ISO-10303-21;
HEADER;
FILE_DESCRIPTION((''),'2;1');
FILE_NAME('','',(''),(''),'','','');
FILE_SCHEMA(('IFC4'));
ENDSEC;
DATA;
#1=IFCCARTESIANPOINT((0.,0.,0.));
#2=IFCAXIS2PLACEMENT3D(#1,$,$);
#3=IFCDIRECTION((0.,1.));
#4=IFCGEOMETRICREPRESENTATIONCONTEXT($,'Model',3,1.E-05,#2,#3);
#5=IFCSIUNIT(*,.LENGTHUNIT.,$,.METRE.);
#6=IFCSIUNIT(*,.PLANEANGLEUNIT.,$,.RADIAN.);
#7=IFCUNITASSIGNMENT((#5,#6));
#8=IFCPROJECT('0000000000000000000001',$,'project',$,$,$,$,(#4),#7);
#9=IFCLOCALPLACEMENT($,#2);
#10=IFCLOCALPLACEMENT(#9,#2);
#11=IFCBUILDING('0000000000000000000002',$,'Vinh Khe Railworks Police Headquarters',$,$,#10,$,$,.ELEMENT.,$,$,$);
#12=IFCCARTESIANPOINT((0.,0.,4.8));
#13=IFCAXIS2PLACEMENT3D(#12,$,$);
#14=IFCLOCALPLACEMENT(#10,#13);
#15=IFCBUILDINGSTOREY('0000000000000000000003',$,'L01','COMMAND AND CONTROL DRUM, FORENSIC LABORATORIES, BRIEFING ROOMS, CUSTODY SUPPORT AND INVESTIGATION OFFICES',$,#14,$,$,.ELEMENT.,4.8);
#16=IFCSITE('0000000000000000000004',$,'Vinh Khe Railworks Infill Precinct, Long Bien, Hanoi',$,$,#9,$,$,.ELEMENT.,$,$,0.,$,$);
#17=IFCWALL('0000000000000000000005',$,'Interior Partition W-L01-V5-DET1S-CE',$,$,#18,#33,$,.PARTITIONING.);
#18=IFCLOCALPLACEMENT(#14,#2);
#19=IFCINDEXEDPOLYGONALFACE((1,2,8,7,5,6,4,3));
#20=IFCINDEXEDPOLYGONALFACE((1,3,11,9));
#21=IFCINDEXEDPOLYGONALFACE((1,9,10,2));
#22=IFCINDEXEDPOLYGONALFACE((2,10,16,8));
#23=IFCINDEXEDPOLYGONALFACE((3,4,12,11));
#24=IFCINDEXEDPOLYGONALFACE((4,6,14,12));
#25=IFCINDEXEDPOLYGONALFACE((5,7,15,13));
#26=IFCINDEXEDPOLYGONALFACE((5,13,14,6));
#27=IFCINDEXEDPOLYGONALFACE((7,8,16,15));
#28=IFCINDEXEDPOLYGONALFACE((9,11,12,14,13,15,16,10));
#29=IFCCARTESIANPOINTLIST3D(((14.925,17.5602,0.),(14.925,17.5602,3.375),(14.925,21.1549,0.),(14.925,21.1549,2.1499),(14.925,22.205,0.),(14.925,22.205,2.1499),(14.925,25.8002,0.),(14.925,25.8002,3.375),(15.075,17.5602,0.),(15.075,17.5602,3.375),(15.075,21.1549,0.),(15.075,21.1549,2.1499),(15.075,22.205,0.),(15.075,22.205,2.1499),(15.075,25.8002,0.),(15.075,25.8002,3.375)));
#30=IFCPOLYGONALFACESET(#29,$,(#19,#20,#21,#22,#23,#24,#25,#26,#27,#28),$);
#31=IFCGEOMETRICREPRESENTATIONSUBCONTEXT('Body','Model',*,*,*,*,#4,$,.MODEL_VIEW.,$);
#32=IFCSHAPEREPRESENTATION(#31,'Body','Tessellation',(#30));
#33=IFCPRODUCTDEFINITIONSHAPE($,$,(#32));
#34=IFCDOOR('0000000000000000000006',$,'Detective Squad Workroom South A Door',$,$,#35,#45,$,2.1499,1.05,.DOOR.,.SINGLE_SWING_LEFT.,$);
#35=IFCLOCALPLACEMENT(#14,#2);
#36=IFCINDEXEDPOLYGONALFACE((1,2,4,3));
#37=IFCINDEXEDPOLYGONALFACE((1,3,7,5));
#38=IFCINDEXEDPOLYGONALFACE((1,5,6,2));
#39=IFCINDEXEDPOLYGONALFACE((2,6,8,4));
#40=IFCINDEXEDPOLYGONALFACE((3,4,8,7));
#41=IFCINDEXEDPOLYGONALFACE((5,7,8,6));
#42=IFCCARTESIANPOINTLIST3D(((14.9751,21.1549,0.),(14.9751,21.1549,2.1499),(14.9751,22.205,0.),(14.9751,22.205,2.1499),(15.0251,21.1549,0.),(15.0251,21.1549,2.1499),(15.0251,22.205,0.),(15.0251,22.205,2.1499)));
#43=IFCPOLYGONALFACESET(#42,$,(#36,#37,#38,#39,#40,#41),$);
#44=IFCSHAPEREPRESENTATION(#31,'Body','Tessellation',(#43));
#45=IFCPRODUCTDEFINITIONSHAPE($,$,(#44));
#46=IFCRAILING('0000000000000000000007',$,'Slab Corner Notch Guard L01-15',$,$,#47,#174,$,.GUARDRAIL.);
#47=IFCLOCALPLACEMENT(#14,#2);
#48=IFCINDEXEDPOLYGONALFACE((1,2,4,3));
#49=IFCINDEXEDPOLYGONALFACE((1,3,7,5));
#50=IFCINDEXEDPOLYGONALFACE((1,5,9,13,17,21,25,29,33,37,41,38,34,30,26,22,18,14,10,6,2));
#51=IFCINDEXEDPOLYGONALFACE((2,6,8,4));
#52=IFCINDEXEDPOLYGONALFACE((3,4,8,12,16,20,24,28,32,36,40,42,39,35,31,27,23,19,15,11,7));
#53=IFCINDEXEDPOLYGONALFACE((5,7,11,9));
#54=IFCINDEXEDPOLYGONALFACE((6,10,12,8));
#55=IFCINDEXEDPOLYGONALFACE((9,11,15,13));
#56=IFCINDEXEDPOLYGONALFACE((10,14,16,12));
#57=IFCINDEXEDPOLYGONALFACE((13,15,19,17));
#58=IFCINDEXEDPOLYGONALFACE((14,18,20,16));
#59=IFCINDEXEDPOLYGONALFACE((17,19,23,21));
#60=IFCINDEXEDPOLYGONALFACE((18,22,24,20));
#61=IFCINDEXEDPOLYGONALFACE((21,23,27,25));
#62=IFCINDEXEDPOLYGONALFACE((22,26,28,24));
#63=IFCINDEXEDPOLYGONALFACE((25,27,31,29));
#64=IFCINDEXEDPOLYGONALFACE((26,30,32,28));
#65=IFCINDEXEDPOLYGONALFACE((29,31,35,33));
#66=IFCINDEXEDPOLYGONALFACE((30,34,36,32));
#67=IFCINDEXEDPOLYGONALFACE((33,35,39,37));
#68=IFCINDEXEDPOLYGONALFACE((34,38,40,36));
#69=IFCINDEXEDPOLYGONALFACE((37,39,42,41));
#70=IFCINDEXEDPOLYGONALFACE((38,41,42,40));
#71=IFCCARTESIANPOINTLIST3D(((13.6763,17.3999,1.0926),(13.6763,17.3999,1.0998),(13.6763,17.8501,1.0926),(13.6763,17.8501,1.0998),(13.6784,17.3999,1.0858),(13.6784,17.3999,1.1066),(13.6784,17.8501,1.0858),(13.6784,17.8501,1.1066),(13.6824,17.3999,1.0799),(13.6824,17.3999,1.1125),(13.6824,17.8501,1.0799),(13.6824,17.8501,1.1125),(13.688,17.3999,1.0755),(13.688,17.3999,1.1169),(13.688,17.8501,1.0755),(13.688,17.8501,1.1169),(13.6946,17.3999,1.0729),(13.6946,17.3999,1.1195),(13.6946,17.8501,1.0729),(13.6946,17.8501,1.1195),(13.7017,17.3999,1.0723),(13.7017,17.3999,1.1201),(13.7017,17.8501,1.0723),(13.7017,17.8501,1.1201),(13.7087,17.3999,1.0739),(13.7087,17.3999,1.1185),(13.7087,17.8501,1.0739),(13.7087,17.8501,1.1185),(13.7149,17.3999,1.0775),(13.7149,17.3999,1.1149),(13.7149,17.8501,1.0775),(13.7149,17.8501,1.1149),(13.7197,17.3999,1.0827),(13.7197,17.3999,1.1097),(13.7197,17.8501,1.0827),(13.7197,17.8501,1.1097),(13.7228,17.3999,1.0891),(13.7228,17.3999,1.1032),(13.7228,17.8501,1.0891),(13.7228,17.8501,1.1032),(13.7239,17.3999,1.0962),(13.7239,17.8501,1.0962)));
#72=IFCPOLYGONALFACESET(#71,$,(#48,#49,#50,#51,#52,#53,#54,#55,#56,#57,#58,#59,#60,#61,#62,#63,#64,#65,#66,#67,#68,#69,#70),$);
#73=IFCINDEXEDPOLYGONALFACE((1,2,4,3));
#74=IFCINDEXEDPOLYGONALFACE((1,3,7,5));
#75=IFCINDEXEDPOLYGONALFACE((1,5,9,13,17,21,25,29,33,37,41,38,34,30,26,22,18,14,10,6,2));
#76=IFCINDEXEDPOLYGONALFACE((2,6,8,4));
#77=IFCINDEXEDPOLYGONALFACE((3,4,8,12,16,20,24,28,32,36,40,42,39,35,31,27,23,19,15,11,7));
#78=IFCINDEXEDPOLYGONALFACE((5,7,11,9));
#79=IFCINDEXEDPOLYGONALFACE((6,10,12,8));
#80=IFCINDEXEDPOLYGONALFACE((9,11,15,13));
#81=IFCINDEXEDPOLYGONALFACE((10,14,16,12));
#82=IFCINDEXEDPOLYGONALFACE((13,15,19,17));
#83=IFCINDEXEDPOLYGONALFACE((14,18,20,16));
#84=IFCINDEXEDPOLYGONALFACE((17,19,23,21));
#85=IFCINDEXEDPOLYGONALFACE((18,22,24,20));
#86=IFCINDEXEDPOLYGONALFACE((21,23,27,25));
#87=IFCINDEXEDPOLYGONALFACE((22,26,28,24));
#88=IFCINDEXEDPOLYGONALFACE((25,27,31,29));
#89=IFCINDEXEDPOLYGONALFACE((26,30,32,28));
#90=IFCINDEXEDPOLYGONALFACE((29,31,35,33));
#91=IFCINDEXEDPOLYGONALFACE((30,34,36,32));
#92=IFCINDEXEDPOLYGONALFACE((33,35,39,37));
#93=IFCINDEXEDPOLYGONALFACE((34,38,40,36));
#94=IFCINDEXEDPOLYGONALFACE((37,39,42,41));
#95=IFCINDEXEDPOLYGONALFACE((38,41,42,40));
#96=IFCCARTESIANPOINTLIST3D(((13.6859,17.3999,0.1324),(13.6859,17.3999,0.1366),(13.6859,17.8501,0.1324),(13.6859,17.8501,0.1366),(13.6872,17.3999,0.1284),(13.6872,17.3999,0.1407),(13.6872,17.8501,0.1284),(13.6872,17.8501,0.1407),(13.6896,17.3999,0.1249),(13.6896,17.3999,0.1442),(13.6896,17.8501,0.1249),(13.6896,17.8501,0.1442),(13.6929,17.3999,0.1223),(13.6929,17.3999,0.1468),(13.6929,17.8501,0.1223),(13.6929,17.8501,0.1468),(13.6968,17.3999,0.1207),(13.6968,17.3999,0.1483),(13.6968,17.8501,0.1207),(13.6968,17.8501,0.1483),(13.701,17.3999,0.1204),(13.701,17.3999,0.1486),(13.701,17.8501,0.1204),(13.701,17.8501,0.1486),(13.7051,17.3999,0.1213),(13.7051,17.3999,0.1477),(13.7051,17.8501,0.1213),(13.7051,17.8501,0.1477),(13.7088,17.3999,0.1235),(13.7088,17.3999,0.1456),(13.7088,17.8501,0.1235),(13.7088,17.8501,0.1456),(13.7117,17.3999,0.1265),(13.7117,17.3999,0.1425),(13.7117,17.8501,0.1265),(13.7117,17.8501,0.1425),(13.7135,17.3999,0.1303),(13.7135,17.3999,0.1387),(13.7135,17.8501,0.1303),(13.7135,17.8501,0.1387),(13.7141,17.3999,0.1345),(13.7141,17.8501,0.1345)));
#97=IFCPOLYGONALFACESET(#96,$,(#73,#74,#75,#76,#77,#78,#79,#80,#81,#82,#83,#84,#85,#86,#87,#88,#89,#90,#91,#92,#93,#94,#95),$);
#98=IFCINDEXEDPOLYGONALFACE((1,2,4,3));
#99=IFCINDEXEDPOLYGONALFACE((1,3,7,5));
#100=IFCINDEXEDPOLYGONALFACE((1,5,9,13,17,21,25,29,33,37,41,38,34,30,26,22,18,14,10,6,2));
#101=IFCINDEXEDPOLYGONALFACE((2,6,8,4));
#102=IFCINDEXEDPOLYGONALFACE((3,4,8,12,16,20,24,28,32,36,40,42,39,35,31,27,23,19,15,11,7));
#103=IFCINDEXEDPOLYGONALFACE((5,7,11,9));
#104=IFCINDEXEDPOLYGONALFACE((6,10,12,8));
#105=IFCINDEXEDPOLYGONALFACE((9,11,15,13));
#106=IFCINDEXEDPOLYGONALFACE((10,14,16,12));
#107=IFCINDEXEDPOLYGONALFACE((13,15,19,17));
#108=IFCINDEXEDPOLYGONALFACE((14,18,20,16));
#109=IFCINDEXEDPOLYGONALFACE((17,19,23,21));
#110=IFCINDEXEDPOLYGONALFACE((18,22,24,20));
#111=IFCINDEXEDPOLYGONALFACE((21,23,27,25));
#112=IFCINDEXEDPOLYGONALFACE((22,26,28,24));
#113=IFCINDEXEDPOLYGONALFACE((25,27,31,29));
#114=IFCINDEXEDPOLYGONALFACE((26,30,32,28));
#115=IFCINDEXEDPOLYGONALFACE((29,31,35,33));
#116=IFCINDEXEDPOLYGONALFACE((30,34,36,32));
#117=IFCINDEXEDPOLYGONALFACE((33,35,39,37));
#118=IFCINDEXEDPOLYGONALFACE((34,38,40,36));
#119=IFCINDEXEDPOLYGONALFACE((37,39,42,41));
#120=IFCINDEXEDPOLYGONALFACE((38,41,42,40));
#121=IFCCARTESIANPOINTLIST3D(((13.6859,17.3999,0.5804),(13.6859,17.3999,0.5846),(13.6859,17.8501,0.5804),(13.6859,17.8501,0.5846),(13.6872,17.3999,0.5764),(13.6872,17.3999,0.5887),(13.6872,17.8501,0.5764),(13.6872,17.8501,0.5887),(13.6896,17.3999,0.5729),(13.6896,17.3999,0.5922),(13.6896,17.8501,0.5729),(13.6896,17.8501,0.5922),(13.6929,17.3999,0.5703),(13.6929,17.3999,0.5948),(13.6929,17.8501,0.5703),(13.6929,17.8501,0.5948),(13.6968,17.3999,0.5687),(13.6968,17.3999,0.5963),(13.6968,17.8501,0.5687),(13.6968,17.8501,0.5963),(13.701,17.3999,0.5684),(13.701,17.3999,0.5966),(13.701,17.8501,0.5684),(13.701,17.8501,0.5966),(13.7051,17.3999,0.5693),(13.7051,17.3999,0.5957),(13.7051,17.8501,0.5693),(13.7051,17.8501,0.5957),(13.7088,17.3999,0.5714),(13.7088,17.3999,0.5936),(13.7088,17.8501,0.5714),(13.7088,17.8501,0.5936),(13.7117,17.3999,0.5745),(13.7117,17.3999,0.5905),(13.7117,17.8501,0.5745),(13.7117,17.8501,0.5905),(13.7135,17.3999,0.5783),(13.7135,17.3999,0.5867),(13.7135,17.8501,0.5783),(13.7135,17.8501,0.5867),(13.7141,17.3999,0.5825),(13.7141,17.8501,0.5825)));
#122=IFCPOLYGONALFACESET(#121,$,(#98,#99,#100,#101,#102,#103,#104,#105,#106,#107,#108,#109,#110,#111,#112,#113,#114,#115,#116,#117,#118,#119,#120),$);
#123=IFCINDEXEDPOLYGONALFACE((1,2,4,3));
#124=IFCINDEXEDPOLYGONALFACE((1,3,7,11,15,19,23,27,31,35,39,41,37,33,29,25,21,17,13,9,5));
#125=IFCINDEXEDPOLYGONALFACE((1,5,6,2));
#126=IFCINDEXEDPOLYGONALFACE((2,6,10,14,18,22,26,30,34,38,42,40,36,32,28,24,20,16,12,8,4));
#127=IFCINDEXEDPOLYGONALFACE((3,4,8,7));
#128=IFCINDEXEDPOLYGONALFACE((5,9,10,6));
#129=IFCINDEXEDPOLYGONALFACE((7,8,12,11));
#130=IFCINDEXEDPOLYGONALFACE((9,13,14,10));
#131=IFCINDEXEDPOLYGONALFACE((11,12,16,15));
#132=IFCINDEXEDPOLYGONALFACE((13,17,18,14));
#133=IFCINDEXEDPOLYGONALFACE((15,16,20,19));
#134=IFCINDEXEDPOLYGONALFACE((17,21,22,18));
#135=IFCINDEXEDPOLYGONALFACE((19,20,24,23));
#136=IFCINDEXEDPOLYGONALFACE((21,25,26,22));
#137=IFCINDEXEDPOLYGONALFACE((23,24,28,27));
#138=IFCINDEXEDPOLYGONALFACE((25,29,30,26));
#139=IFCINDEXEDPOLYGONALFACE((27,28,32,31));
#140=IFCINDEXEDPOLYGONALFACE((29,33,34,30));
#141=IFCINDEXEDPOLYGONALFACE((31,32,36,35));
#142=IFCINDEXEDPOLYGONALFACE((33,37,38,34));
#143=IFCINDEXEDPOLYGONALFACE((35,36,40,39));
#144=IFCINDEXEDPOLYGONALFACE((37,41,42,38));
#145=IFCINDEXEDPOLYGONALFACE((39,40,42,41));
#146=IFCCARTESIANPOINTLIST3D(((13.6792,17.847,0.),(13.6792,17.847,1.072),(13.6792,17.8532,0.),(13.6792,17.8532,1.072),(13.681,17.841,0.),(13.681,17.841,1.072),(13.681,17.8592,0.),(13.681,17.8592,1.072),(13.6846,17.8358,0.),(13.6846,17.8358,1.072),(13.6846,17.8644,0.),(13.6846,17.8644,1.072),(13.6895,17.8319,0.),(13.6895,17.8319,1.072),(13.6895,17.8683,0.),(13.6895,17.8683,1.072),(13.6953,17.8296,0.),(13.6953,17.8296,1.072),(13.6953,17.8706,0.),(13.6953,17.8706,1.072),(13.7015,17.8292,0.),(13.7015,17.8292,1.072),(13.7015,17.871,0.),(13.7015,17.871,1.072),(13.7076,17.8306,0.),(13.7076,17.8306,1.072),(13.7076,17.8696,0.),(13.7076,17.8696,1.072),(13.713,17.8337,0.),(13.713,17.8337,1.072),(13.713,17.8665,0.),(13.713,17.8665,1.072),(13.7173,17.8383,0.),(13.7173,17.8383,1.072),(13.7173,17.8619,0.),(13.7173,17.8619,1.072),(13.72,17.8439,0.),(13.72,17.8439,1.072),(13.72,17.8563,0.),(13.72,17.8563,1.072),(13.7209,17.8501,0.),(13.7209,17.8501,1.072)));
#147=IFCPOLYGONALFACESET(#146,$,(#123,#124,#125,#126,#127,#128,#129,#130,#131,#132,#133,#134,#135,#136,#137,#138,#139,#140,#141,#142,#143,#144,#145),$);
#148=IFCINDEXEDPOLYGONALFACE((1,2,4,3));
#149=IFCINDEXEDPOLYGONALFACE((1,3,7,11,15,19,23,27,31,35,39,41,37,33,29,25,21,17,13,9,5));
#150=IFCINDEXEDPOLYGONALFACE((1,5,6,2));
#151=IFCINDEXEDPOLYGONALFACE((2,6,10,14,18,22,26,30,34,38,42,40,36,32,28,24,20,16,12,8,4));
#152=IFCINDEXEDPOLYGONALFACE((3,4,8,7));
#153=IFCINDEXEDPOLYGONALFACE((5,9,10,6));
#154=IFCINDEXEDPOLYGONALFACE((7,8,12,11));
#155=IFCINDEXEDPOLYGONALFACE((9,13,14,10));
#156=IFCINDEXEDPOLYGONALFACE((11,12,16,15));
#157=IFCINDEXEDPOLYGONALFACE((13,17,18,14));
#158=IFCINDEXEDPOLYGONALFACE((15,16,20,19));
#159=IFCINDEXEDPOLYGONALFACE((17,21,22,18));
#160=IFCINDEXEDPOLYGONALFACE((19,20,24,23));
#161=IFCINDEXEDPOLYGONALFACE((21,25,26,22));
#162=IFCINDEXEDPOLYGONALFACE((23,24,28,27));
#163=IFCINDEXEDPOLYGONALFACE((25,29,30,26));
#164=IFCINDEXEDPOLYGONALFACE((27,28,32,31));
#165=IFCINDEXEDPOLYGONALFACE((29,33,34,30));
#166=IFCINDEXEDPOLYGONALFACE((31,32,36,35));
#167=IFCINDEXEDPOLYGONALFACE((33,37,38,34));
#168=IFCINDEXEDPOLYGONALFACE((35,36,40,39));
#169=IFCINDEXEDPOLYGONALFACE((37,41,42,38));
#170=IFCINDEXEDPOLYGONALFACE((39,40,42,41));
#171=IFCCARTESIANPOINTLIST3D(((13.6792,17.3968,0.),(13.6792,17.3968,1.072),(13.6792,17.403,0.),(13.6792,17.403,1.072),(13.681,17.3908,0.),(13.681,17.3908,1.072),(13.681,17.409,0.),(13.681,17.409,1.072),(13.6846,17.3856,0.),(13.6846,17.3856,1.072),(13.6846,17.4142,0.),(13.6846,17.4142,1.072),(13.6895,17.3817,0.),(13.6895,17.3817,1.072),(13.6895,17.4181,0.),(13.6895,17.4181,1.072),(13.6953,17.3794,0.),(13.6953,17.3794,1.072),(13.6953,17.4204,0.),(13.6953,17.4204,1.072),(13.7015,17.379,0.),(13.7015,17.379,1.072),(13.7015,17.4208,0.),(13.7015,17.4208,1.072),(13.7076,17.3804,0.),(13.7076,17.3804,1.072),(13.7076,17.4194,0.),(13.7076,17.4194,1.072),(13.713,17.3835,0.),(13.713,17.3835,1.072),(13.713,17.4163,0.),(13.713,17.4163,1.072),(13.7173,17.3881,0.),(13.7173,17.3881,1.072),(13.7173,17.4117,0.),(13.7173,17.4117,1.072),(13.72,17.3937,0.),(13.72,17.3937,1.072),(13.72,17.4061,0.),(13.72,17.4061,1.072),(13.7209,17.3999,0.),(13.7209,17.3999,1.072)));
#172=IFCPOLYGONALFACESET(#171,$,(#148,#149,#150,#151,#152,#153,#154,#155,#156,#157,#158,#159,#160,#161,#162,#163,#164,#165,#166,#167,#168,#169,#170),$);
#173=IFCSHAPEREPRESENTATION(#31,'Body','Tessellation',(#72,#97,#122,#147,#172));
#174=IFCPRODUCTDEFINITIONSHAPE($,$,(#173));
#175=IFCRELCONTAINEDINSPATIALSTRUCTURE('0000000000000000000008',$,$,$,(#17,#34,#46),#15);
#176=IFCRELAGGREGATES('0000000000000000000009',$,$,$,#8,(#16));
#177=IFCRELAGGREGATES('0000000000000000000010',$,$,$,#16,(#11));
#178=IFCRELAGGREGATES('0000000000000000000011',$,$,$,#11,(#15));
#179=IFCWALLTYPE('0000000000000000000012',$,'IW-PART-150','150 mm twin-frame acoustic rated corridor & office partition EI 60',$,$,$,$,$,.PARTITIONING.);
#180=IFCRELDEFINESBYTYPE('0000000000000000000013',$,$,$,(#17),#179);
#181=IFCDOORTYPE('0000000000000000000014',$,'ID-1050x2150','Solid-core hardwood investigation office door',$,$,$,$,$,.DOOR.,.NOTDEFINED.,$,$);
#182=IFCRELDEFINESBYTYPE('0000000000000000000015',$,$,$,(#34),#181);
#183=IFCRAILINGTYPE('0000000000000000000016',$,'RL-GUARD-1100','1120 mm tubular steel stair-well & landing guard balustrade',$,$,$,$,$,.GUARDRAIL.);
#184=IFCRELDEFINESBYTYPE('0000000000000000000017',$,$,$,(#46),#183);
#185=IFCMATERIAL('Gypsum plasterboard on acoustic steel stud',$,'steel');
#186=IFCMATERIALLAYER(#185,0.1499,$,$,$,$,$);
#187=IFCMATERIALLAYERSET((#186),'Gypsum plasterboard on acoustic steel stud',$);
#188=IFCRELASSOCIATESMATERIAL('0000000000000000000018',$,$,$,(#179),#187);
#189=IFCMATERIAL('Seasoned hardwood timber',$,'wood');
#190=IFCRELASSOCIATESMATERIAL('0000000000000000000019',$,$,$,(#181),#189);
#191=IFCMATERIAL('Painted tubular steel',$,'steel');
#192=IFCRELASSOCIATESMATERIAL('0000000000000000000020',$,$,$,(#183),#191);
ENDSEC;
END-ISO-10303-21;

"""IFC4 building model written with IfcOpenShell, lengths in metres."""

from ifc_helpers import new_model, si_unit, direction, frame, frame_2d, origin, origin_2d, place, context, subcontext, project, spatial, rectangle, circle, extrude, material, layer, layer_set, type_object, element, fill, save


model = new_model("IFC4")

# Units and contexts
model_context = context("Model", 3, precision=1e-05, world=origin(), true_north=direction((0.0, 1.0)))
body_context = subcontext(model_context, "Body", "Model", "MODEL_VIEW")
ifc_project = project(units=[si_unit("LENGTHUNIT", "METRE"), si_unit("PLANEANGLEUNIT", "RADIAN")], contexts=[model_context])

# Site, building, storey
site_placement = place(None, origin())
site = spatial("IfcSite", under=ifc_project, at=site_placement, Name="Vinh Khe Railworks Infill Precinct, Long Bien, Hanoi", CompositionType="ELEMENT", RefElevation=0.0)
building_placement = place(site_placement, origin())
building = spatial("IfcBuilding", under=site, at=building_placement, Name="Vinh Khe Railworks Police Headquarters", CompositionType="ELEMENT")
storey_placement = place(building_placement, frame((0.0, 0.0, 4.8)))
storey = spatial("IfcBuildingStorey", under=building, at=storey_placement, Name="L01", Description="COMMAND AND CONTROL DRUM, FORENSIC LABORATORIES, BRIEFING ROOMS, CUSTODY SUPPORT AND INVESTIGATION OFFICES", CompositionType="ELEMENT", Elevation=4.8)

# Wall, opening, door
ifc_material_1 = material(Name="Gypsum plasterboard on acoustic steel stud", Category="steel")
ifc_layer_1 = layer(ifc_material_1, 0.1499)
ifc_layer_set_1 = layer_set([ifc_layer_1], Name="Gypsum plasterboard on acoustic steel stud")
wall_type_1 = type_object("IfcWallType", Name="IW-PART-150", Description="150 mm twin-frame acoustic rated corridor & office partition EI 60", PredefinedType="PARTITIONING", material=ifc_layer_set_1)
ifc_material_2 = material(Name="Seasoned hardwood timber", Category="wood")
door_type_1 = type_object("IfcDoorType", Name="ID-1050x2150", Description="Solid-core hardwood investigation office door", OperationType="NOTDEFINED", PredefinedType="DOOR", material=ifc_material_2)
wall_1_placement = place(storey_placement, frame((15.0, 17.5601, 0.0), z_axis=(0.0, 0.0, 1.0), x_axis=(0.0, 1.0, 0.0)))
wall_1 = element("IfcWall", 1, at=wall_1_placement, inside=storey, type_object=wall_type_1, Name="Interior Partition W-L01-V5-DET1S-CE", PredefinedType="PARTITIONING", context=body_context, shape_type="SweptSolid", body=[
    extrude(rectangle(XDim=8.24, YDim=0.1499, at=frame_2d((4.1201, 0.0))), origin(), (0.0, 0.0, 1.0), 3.375),
])
opening_1_placement = place(wall_1_placement, frame((3.595, 0.0, 0.0)))
opening_1 = element("IfcOpeningElement", 2, at=opening_1_placement, cuts=wall_1, PredefinedType="OPENING", context=body_context, shape_type="SweptSolid", body=[
    extrude(rectangle(XDim=1.05, YDim=2.1499, at=frame_2d((0.5249, 1.075))), frame((0.0, 0.0898, 0.0), z_axis=(0.0, -1.0, 0.0), x_axis=(1.0, 0.0, 0.0)), (0.0, 0.0, 1.0), 0.1797),
])
door_1_placement = place(opening_1_placement, origin())
door_1 = element("IfcDoor", 3, at=door_1_placement, inside=storey, type_object=door_type_1, Name="Detective Squad Workroom South A Door", OperationType="SINGLE_SWING_LEFT", OverallHeight=2.1499, OverallWidth=1.05, PredefinedType="DOOR", context=body_context, shape_type="SweptSolid", body=[
    extrude(rectangle(XDim=1.05, YDim=2.1499, at=frame_2d((0.5249, 1.075))), frame((0.0, 0.0249, 0.0), z_axis=(0.0, -1.0, 0.0), x_axis=(1.0, 0.0, 0.0)), (0.0, 0.0, 1.0), 0.05),
])
fill(opening_1, door_1)

# Railing
ifc_material_3 = material(Name="Painted tubular steel", Category="steel")
railing_type = type_object("IfcRailingType", Name="RL-GUARD-1100", Description="1120 mm tubular steel stair-well & landing guard balustrade", PredefinedType="GUARDRAIL", material=ifc_material_3)
railing_placement = place(storey_placement, frame((13.7, 17.8501, 0.0)))
element("IfcRailing", 4, at=railing_placement, inside=storey, type_object=railing_type, Name="Slab Corner Notch Guard L01-15", PredefinedType="GUARDRAIL", context=body_context, shape_type="SweptSolid", body=[
    extrude(circle(Radius=0.0239, at=origin_2d()), frame((0.0, 0.0, 1.0962), z_axis=(0.0, -1.0, 0.0), x_axis=(1.0, 0.0, 0.0)), (0.0, 0.0, 1.0), 0.4502),
    extrude(circle(Radius=0.0142, at=origin_2d()), frame((0.0, 0.0, 0.1345), z_axis=(0.0, -1.0, 0.0), x_axis=(1.0, 0.0, 0.0)), (0.0, 0.0, 1.0), 0.4502),
    extrude(circle(Radius=0.0142, at=origin_2d()), frame((0.0, 0.0, 0.5825), z_axis=(0.0, -1.0, 0.0), x_axis=(1.0, 0.0, 0.0)), (0.0, 0.0, 1.0), 0.4502),
    extrude(circle(Radius=0.021, at=origin_2d()), origin(), (0.0, 0.0, 1.0), 1.072),
    extrude(circle(Radius=0.021, at=origin_2d()), frame((0.0, -0.4502, 0.0)), (0.0, 0.0, 1.0), 1.072),
])

save(model, "model.ifc")
